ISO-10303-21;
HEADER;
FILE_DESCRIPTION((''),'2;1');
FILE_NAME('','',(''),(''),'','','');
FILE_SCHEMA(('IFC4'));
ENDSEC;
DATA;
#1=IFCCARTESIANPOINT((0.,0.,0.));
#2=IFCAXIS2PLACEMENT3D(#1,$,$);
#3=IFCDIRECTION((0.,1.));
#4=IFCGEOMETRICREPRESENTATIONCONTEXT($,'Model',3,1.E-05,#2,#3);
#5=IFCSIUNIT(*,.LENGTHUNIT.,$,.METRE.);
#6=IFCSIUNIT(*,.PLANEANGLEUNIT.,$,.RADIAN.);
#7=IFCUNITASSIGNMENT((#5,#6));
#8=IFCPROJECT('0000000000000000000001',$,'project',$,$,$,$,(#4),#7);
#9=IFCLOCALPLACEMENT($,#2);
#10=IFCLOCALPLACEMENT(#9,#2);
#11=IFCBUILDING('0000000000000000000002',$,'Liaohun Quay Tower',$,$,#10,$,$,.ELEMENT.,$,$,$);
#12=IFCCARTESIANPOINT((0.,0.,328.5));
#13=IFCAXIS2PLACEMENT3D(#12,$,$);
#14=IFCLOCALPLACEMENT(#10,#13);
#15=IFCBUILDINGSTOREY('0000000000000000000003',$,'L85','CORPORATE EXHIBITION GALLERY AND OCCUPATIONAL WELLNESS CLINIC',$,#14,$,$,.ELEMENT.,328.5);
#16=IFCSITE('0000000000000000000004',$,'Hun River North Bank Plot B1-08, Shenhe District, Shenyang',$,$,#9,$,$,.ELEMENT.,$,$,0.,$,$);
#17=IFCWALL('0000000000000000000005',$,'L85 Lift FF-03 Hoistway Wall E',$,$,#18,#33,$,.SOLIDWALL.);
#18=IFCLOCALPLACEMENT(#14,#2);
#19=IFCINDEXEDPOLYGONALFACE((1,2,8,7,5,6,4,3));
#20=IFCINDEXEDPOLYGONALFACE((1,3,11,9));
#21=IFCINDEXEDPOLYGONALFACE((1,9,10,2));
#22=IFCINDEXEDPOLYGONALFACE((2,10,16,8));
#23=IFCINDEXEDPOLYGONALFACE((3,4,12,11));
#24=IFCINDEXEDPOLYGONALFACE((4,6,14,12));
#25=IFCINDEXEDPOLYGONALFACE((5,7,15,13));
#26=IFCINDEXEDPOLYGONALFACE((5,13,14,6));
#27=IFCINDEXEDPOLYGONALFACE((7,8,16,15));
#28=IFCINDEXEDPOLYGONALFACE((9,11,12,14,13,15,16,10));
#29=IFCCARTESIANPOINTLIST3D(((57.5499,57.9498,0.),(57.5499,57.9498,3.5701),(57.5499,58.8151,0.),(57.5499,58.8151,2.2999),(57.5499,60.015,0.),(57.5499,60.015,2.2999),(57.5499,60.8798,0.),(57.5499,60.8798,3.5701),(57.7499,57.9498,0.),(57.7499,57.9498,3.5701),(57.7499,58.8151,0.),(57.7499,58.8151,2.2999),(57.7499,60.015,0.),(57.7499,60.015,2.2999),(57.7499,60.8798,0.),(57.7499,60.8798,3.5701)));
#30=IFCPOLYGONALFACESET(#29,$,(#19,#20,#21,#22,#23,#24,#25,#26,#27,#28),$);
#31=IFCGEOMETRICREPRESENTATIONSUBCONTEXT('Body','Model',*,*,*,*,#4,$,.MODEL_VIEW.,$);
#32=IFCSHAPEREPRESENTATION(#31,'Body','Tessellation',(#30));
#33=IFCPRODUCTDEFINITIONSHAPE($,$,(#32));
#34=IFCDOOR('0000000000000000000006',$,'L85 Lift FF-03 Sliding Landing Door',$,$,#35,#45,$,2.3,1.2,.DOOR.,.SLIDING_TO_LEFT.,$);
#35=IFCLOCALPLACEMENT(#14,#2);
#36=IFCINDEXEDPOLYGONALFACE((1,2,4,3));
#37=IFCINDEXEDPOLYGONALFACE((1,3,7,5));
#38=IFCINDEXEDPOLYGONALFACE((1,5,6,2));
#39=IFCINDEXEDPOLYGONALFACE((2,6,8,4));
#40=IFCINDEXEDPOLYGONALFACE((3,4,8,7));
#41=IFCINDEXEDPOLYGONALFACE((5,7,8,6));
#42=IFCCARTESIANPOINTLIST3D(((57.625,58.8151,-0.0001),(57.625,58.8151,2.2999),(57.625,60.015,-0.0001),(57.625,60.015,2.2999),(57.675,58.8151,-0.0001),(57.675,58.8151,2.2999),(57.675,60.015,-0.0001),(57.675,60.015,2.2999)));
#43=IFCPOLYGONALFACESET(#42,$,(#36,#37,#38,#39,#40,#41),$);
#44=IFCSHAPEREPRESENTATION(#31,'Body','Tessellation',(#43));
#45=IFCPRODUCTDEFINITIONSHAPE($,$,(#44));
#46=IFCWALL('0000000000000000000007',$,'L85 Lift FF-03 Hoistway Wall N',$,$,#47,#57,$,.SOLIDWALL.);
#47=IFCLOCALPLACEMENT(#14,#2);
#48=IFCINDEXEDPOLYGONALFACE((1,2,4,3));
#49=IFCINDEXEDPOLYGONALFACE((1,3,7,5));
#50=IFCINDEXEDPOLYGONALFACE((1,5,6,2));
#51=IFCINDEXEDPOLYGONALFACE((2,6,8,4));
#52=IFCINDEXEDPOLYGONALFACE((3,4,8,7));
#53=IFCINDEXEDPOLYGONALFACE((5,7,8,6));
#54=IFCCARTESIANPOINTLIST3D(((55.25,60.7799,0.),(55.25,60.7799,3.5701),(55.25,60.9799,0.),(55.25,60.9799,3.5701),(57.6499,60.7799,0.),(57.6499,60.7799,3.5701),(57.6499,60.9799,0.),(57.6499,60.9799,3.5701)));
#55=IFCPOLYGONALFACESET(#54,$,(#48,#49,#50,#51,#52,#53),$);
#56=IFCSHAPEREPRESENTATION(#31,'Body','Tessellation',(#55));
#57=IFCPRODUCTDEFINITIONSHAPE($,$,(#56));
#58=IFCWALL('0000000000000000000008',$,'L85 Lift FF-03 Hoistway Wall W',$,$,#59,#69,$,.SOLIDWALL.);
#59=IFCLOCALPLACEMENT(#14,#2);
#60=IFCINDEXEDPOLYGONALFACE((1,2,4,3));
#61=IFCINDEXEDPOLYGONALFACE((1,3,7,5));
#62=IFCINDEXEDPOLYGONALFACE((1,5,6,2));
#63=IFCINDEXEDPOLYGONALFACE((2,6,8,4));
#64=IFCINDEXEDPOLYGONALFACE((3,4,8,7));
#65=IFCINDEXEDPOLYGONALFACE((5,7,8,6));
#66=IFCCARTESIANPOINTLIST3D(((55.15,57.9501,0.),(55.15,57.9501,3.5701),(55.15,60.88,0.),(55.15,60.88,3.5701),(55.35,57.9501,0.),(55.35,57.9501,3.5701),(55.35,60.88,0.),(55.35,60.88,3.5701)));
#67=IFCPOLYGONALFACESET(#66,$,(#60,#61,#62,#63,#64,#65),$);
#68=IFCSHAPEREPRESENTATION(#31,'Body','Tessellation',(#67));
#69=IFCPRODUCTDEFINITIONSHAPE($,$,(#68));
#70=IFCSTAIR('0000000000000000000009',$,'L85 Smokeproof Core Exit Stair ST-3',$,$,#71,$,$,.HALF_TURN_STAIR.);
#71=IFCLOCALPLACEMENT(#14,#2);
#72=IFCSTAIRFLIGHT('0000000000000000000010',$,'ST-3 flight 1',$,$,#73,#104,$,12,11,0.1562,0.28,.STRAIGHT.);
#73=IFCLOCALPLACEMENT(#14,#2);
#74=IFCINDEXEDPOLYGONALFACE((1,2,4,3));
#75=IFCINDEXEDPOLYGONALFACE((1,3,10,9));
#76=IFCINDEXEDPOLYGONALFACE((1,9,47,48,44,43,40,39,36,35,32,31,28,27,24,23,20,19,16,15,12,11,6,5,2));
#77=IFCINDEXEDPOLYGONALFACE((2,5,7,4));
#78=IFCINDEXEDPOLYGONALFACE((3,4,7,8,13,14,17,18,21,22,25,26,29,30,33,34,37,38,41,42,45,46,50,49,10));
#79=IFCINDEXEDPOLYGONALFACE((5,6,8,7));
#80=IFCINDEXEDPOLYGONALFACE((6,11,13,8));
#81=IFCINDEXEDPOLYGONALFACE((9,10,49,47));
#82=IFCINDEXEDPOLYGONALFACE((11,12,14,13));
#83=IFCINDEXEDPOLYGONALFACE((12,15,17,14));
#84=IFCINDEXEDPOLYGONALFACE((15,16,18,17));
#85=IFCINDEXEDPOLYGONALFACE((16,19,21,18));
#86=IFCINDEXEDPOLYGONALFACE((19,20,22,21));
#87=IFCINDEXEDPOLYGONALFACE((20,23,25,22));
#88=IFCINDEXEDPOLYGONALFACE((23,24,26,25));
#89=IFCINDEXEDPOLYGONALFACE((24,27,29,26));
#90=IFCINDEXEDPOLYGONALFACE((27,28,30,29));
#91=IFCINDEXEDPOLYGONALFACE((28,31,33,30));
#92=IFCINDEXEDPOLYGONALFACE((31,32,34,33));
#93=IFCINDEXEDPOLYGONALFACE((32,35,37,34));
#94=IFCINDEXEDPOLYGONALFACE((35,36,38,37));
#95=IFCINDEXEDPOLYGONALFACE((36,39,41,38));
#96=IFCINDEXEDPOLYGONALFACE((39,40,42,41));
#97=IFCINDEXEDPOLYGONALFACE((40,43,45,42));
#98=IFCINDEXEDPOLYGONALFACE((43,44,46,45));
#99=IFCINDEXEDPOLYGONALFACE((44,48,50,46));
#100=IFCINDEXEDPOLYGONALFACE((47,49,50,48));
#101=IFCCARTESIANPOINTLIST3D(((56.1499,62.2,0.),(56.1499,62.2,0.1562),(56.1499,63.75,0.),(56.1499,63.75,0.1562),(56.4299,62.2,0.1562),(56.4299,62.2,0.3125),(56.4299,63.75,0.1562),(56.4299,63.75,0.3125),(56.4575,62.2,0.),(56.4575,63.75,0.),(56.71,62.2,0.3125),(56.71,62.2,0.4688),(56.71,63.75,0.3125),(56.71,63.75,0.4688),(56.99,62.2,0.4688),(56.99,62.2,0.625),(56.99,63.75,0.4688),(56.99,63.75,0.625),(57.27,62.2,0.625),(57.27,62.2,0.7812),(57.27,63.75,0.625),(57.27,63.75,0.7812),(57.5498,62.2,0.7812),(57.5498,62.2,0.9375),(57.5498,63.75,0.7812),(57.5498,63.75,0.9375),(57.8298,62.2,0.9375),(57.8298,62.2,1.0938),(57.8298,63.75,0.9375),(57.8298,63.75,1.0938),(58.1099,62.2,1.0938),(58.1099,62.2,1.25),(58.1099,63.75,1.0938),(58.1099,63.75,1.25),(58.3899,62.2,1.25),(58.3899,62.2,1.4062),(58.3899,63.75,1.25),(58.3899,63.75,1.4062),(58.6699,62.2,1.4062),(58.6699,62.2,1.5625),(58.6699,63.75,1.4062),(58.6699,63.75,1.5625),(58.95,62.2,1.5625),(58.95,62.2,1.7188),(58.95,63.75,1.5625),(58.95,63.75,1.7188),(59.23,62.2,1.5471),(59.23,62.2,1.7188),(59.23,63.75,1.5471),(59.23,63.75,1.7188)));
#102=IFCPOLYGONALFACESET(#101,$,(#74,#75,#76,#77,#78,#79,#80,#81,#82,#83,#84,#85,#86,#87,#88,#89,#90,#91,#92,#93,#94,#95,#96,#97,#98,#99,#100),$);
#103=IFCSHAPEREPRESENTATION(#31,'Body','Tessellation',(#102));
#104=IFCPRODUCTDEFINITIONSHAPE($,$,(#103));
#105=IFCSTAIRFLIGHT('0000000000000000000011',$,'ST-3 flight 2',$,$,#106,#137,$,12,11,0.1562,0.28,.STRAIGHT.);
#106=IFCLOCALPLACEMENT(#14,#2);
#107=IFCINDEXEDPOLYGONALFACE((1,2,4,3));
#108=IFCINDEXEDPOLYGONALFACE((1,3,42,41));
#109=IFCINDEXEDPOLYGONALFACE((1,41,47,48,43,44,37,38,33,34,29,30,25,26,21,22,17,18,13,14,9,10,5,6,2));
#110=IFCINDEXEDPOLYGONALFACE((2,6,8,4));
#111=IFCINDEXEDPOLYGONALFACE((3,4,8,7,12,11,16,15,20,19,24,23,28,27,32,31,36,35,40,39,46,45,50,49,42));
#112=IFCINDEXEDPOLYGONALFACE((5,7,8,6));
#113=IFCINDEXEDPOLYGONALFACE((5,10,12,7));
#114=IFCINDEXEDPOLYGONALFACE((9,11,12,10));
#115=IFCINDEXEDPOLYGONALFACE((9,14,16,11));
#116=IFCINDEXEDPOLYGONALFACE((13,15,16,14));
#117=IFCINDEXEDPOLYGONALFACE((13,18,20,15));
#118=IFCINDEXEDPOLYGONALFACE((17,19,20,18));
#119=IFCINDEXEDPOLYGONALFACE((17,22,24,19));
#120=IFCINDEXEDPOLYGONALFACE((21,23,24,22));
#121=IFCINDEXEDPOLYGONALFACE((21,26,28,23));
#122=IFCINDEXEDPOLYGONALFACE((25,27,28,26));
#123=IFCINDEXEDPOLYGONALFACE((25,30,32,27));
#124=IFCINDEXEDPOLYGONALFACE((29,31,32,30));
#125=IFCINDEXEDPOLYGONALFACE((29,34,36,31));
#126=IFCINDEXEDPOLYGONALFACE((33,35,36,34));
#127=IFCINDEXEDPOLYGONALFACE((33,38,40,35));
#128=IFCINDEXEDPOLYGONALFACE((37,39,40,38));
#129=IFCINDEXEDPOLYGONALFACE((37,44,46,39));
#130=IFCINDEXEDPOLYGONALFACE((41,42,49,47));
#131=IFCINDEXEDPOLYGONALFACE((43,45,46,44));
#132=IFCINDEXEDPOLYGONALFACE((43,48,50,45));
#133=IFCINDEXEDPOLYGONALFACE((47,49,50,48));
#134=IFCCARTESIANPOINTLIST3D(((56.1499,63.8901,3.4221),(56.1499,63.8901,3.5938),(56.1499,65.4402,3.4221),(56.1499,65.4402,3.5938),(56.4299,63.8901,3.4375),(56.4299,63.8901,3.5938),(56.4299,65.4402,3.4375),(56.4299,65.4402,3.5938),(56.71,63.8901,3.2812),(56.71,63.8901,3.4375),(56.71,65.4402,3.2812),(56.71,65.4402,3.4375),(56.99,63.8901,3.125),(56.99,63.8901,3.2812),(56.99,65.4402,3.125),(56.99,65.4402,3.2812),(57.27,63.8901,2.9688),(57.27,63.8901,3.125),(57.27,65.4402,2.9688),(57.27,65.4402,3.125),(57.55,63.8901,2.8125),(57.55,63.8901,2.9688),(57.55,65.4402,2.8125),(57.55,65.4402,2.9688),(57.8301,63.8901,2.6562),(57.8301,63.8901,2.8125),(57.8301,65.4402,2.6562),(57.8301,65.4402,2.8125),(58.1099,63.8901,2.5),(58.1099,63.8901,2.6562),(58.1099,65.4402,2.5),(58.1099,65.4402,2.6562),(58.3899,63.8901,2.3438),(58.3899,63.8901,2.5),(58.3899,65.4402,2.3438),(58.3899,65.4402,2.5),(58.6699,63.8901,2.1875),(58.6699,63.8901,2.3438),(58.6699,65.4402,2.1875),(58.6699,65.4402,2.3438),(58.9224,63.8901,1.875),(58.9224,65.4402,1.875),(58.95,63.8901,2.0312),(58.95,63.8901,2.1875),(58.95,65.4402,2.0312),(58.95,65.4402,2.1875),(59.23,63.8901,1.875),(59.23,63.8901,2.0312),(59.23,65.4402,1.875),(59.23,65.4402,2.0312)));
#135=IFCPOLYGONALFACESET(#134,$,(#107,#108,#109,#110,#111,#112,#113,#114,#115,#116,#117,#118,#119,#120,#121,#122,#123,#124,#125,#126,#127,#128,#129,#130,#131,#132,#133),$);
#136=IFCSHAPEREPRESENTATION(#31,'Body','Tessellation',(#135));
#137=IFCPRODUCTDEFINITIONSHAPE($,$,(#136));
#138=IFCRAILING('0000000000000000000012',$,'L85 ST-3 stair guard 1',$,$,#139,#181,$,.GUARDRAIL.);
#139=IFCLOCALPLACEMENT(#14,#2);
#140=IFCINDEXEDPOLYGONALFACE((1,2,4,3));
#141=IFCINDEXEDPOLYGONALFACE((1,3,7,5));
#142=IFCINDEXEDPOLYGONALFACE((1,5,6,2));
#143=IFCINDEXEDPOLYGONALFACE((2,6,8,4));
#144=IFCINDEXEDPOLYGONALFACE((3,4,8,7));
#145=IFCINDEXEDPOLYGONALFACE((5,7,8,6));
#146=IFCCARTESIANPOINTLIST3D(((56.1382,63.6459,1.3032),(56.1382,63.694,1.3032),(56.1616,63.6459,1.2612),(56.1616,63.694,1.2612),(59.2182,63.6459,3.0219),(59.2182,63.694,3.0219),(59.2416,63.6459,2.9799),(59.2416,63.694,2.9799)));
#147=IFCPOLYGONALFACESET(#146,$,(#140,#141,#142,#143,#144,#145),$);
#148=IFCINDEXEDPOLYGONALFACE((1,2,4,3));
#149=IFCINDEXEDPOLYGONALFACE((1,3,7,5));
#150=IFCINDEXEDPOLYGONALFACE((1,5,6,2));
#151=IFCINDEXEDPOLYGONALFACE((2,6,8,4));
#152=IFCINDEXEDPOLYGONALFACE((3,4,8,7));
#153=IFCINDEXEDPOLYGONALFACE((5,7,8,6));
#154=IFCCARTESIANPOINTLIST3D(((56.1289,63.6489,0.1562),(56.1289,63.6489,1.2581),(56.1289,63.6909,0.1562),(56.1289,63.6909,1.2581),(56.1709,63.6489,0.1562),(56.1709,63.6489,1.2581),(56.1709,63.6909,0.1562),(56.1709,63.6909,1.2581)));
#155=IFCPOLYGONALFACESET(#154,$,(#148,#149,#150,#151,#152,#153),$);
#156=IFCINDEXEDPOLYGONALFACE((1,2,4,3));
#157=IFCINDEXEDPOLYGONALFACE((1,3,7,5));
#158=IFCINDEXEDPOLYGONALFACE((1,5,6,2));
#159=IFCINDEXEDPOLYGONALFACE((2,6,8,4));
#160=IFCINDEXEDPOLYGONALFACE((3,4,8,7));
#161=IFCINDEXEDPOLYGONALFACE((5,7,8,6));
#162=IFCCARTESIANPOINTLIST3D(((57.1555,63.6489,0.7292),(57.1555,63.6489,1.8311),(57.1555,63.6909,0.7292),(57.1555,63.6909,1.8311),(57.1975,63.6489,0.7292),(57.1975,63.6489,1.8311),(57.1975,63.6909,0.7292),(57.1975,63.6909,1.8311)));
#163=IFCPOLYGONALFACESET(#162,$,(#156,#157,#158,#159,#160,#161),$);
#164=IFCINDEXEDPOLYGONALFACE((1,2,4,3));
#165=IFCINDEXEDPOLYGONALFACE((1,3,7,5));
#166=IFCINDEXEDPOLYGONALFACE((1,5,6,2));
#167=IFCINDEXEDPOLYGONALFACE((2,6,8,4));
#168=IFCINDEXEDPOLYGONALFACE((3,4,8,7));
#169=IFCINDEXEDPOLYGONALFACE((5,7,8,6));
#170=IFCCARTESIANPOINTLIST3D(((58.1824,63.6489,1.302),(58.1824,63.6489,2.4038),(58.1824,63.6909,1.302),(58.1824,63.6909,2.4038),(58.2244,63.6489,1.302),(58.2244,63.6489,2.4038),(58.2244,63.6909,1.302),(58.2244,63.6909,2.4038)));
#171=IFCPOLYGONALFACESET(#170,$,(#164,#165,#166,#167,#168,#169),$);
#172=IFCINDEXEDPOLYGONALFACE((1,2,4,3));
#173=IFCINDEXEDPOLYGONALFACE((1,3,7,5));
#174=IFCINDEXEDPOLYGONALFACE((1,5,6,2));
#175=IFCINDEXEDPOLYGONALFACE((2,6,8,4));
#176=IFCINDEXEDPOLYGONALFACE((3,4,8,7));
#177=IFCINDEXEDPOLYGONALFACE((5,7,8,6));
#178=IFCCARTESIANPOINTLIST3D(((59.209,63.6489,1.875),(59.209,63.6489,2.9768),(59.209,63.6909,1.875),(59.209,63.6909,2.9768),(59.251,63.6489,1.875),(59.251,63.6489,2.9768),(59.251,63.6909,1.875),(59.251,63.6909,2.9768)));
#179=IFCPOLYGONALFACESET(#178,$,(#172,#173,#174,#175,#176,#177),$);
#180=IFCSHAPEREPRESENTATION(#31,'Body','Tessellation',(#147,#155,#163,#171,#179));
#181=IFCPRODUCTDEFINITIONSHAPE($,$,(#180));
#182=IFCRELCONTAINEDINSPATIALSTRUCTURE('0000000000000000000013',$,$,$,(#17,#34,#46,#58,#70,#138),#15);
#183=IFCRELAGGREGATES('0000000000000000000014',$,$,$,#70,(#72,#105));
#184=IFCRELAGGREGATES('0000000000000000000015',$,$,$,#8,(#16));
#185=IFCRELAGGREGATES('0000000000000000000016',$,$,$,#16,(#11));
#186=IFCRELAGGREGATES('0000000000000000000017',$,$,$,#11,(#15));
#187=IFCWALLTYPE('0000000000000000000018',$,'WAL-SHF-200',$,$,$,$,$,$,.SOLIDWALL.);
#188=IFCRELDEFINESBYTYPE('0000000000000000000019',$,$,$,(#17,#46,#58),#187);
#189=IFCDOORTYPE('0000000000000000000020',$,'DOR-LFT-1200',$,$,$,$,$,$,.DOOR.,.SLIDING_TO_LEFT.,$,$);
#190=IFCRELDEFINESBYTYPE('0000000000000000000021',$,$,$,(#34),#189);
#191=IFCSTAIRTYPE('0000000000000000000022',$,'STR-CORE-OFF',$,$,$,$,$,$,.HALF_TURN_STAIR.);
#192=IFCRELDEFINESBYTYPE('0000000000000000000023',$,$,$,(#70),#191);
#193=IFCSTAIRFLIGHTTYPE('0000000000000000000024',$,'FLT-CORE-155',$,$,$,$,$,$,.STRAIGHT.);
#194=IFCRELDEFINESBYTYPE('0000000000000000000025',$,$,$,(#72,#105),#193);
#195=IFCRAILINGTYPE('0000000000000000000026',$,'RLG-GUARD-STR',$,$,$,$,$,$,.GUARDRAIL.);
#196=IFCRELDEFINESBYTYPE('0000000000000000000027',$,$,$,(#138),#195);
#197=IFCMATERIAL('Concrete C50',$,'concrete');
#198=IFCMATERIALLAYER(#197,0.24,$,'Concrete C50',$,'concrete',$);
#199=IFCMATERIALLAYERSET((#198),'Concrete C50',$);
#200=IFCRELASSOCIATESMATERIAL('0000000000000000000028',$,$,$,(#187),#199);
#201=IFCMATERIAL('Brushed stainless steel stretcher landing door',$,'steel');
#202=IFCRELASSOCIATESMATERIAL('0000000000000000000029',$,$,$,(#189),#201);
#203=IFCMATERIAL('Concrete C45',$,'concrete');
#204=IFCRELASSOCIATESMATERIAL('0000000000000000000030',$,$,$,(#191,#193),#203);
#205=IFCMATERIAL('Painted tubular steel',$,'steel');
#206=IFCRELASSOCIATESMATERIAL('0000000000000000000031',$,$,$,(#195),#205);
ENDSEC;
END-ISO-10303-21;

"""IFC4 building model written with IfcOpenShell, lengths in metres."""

from ifc_helpers import new_model, si_unit, direction, frame, frame_2d, origin, origin_2d, place, context, subcontext, project, spatial, polyline, rectangle, outline, extrude, source, transform, mapped, material, layer, layer_set, type_object, element, fill, aggregate, save


model = new_model("IFC4")

# Units and contexts
model_context = context("Model", 3, precision=1e-05, world=origin(), true_north=direction((0.0, 1.0)))
body_context = subcontext(model_context, "Body", "Model", "MODEL_VIEW")
ifc_project = project(units=[si_unit("LENGTHUNIT", "METRE"), si_unit("PLANEANGLEUNIT", "RADIAN")], contexts=[model_context])

# Site, building, storey
site_placement = place(None, origin())
site = spatial("IfcSite", under=ifc_project, at=site_placement, Name="Hun River North Bank Plot B1-08, Shenhe District, Shenyang", CompositionType="ELEMENT", RefElevation=0.0)
building_placement = place(site_placement, origin())
building = spatial("IfcBuilding", under=site, at=building_placement, Name="Liaohun Quay Tower", CompositionType="ELEMENT")
storey_placement = place(building_placement, frame((0.0, 0.0, 328.5)))
storey = spatial("IfcBuildingStorey", under=building, at=storey_placement, Name="L85", Description="CORPORATE EXHIBITION GALLERY AND OCCUPATIONAL WELLNESS CLINIC", CompositionType="ELEMENT", Elevation=328.5)

# Shared definitions
ifc_material_1 = material(Name="Concrete C50", Category="concrete")

# Shared definitions
ifc_layer_1 = layer(ifc_material_1, 0.24, Name="Concrete C50", Category="concrete")
ifc_layer_set_1 = layer_set([ifc_layer_1], Name="Concrete C50")
wall_type_1 = type_object("IfcWallType", Name="WAL-SHF-200", PredefinedType="SOLIDWALL", material=ifc_layer_set_1)

# Wall, opening, door
wall_1_placement = place(storey_placement, frame((57.6499, 57.95, 0.0), z_axis=(0.0, 0.0, 1.0), x_axis=(0.0, 1.0, 0.0)))
wall_1 = element("IfcWall", 1, at=wall_1_placement, inside=storey, type_object=wall_type_1, Name="L85 Lift FF-03 Hoistway Wall E", PredefinedType="SOLIDWALL", context=body_context, shape_type="SweptSolid", body=[
    extrude(rectangle(XDim=2.9299, YDim=0.2, at=frame_2d((1.4648, 0.0))), origin(), (0.0, 0.0, 1.0), 3.5701),
])
shared_shape_1 = source(origin(), body_context, "Body", "SweptSolid", [
    extrude(rectangle(XDim=1.2, YDim=2.3, at=frame_2d((0.6001, 1.1499))), frame((0.0, 0.1099, 0.0), z_axis=(0.0, -1.0, 0.0), x_axis=(1.0, 0.0, 0.0)), (0.0, 0.0, 1.0), 0.22),
])
opening_1_placement = place(wall_1_placement, frame((0.865, 0.0, 0.0)))
opening_1 = element("IfcOpeningElement", 2, at=opening_1_placement, cuts=wall_1, PredefinedType="OPENING", context=body_context, shape_type="MappedRepresentation", body=[
    mapped(shared_shape_1, transform((0.0, 0.0, 0.0), x_axis=(1.0, 0.0, 0.0), y_axis=(0.0, 1.0, 0.0), z_axis=(0.0, 0.0, 1.0), scale=1.0)),
])
ifc_material_2 = material(Name="Brushed stainless steel stretcher landing door", Category="steel")
door_type_1 = type_object("IfcDoorType", Name="DOR-LFT-1200", OperationType="SLIDING_TO_LEFT", PredefinedType="DOOR", material=ifc_material_2)
shared_shape_2 = source(origin(), body_context, "Body", "SweptSolid", [
    extrude(rectangle(XDim=1.2, YDim=2.3, at=frame_2d((0.6001, 1.1499))), frame((0.0, 0.0249, 0.0), z_axis=(0.0, -1.0, 0.0), x_axis=(1.0, 0.0, 0.0)), (0.0, 0.0, 1.0), 0.05),
])
door_1_placement = place(opening_1_placement, origin())
door_1 = element("IfcDoor", 3, at=door_1_placement, inside=storey, type_object=door_type_1, Name="L85 Lift FF-03 Sliding Landing Door", OperationType="SLIDING_TO_LEFT", OverallHeight=2.3, OverallWidth=1.2, PredefinedType="DOOR", context=body_context, shape_type="MappedRepresentation", body=[
    mapped(shared_shape_2, transform((0.0, 0.0, 0.0), x_axis=(1.0, 0.0, 0.0), y_axis=(0.0, 1.0, 0.0), z_axis=(0.0, 0.0, 1.0), scale=1.0)),
])
fill(opening_1, door_1)

# Walls
wall_2_placement = place(storey_placement, frame((57.6499, 60.8799, 0.0), z_axis=(0.0, 0.0, 1.0), x_axis=(-1.0, 0.0, 0.0)))
element("IfcWall", 4, at=wall_2_placement, inside=storey, type_object=wall_type_1, Name="L85 Lift FF-03 Hoistway Wall N", PredefinedType="SOLIDWALL", context=body_context, shape_type="SweptSolid", body=[
    extrude(rectangle(XDim=2.3999, YDim=0.2, at=frame_2d((1.2, 0.0))), origin(), (0.0, 0.0, 1.0), 3.5701),
])
wall_3_placement = place(storey_placement, frame((55.25, 60.8799, 0.0), z_axis=(0.0, 0.0, 1.0), x_axis=(0.0, -1.0, 0.0)))
element("IfcWall", 5, at=wall_3_placement, inside=storey, type_object=wall_type_1, Name="L85 Lift FF-03 Hoistway Wall W", PredefinedType="SOLIDWALL", context=body_context, shape_type="SweptSolid", body=[
    extrude(rectangle(XDim=2.9299, YDim=0.2, at=frame_2d((1.4648, 0.0))), origin(), (0.0, 0.0, 1.0), 3.5701),
])

# Stair, stair flights
ifc_material_3 = material(Name="Concrete C45", Category="concrete")
stair_type = type_object("IfcStairType", Name="STR-CORE-OFF", PredefinedType="HALF_TURN_STAIR", material=ifc_material_3)
stair_placement = place(storey_placement, origin())
stair = element("IfcStair", 6, at=stair_placement, inside=storey, type_object=stair_type, Name="L85 Smokeproof Core Exit Stair ST-3", PredefinedType="HALF_TURN_STAIR")
stair_flight_type = type_object("IfcStairFlightType", Name="FLT-CORE-155", PredefinedType="STRAIGHT", material=ifc_material_3)
stair_flight_1_placement = place(storey_placement, frame((56.1499, 62.9751, 0.0), z_axis=(0.0, 0.0, 1.0), x_axis=(1.0, 0.0, 0.0)))
stair_flight_1 = element("IfcStairFlight", 7, at=stair_flight_1_placement, type_object=stair_flight_type, Name="ST-3 flight 1", NumberOfRisers=12, NumberOfTreads=11, PredefinedType="STRAIGHT", RiserHeight=0.1562, TreadLength=0.28, context=body_context, shape_type="SweptSolid", body=[
    extrude(outline(polyline([(0.0, 0.0), (0.0, 0.1562), (0.28, 0.1562), (0.28, 0.3125), (0.5601, 0.3125), (0.5601, 0.4688), (0.8401, 0.4688), (0.8401, 0.625), (1.1201, 0.625), (1.1201, 0.7812), (1.3999, 0.7812), (1.3999, 0.9375), (1.6799, 0.9375), (1.6799, 1.0938), (1.96, 1.0938), (1.96, 1.25), (2.24, 1.25), (2.24, 1.4062), (2.52, 1.4062), (2.52, 1.5625), (2.8, 1.5625), (2.8, 1.7188), (3.0801, 1.7188), (3.0801, 1.875), (3.0801, 1.5471), (0.3076, 0.0), (0.0, 0.0)])), frame((0.0, 0.7749, 0.0), z_axis=(0.0, -1.0, 0.0), x_axis=(1.0, 0.0, 0.0)), (0.0, 0.0, 1.0), 1.55),
])
stair_flight_2_placement = place(storey_placement, frame((59.23, 64.665, 1.875), z_axis=(0.0, 0.0, 1.0), x_axis=(-1.0, 0.0, 0.0)))
stair_flight_2 = element("IfcStairFlight", 8, at=stair_flight_2_placement, type_object=stair_flight_type, Name="ST-3 flight 2", NumberOfRisers=12, NumberOfTreads=11, PredefinedType="STRAIGHT", RiserHeight=0.1562, TreadLength=0.28, context=body_context, shape_type="SweptSolid", body=[
    extrude(outline(polyline([(0.0, 0.0), (0.0, 0.1562), (0.28, 0.1562), (0.28, 0.3125), (0.5601, 0.3125), (0.5601, 0.4688), (0.8401, 0.4688), (0.8401, 0.625), (1.1201, 0.625), (1.1201, 0.7812), (1.3999, 0.7812), (1.3999, 0.9375), (1.6799, 0.9375), (1.6799, 1.0938), (1.96, 1.0938), (1.96, 1.25), (2.24, 1.25), (2.24, 1.4062), (2.52, 1.4062), (2.52, 1.5625), (2.8, 1.5625), (2.8, 1.7188), (3.0801, 1.7188), (3.0801, 1.875), (3.0801, 1.5471), (0.3076, 0.0), (0.0, 0.0)])), frame((0.0, 0.7749, 0.0), z_axis=(0.0, -1.0, 0.0), x_axis=(1.0, 0.0, 0.0)), (0.0, 0.0, 1.0), 1.55),
])
aggregate(stair, [stair_flight_1, stair_flight_2])

# Railing
ifc_material_4 = material(Name="Painted tubular steel", Category="steel")
railing_type_1 = type_object("IfcRailingType", Name="RLG-GUARD-STR", PredefinedType="GUARDRAIL", material=ifc_material_4)
railing_1_placement = place(storey_placement, frame((56.1499, 63.6699, 0.1562)))
element("IfcRailing", 9, at=railing_1_placement, inside=storey, type_object=railing_type_1, Name="L85 ST-3 stair guard 1", PredefinedType="GUARDRAIL", context=body_context, shape_type="SweptSolid", body=[
    extrude(rectangle(XDim=0.0481, YDim=0.0481, at=origin_2d()), frame((0.0, 0.0, 1.126), z_axis=(0.873242, 0.0, 0.487288), x_axis=(0.0, 1.0, 0.0)), (0.0, 0.0, 1.0), 3.5271),
    extrude(rectangle(XDim=0.042, YDim=0.042, at=origin_2d()), origin(), (0.0, 0.0, 1.0), 1.1018),
    extrude(rectangle(XDim=0.042, YDim=0.042, at=origin_2d()), frame((1.0266, 0.0, 0.573)), (0.0, 0.0, 1.0), 1.1018),
    extrude(rectangle(XDim=0.042, YDim=0.042, at=origin_2d()), frame((2.0535, 0.0, 1.1458)), (0.0, 0.0, 1.0), 1.1018),
    extrude(rectangle(XDim=0.042, YDim=0.042, at=origin_2d()), frame((3.0801, 0.0, 1.7188)), (0.0, 0.0, 1.0), 1.1018),
])

save(model, "model.ifc")
